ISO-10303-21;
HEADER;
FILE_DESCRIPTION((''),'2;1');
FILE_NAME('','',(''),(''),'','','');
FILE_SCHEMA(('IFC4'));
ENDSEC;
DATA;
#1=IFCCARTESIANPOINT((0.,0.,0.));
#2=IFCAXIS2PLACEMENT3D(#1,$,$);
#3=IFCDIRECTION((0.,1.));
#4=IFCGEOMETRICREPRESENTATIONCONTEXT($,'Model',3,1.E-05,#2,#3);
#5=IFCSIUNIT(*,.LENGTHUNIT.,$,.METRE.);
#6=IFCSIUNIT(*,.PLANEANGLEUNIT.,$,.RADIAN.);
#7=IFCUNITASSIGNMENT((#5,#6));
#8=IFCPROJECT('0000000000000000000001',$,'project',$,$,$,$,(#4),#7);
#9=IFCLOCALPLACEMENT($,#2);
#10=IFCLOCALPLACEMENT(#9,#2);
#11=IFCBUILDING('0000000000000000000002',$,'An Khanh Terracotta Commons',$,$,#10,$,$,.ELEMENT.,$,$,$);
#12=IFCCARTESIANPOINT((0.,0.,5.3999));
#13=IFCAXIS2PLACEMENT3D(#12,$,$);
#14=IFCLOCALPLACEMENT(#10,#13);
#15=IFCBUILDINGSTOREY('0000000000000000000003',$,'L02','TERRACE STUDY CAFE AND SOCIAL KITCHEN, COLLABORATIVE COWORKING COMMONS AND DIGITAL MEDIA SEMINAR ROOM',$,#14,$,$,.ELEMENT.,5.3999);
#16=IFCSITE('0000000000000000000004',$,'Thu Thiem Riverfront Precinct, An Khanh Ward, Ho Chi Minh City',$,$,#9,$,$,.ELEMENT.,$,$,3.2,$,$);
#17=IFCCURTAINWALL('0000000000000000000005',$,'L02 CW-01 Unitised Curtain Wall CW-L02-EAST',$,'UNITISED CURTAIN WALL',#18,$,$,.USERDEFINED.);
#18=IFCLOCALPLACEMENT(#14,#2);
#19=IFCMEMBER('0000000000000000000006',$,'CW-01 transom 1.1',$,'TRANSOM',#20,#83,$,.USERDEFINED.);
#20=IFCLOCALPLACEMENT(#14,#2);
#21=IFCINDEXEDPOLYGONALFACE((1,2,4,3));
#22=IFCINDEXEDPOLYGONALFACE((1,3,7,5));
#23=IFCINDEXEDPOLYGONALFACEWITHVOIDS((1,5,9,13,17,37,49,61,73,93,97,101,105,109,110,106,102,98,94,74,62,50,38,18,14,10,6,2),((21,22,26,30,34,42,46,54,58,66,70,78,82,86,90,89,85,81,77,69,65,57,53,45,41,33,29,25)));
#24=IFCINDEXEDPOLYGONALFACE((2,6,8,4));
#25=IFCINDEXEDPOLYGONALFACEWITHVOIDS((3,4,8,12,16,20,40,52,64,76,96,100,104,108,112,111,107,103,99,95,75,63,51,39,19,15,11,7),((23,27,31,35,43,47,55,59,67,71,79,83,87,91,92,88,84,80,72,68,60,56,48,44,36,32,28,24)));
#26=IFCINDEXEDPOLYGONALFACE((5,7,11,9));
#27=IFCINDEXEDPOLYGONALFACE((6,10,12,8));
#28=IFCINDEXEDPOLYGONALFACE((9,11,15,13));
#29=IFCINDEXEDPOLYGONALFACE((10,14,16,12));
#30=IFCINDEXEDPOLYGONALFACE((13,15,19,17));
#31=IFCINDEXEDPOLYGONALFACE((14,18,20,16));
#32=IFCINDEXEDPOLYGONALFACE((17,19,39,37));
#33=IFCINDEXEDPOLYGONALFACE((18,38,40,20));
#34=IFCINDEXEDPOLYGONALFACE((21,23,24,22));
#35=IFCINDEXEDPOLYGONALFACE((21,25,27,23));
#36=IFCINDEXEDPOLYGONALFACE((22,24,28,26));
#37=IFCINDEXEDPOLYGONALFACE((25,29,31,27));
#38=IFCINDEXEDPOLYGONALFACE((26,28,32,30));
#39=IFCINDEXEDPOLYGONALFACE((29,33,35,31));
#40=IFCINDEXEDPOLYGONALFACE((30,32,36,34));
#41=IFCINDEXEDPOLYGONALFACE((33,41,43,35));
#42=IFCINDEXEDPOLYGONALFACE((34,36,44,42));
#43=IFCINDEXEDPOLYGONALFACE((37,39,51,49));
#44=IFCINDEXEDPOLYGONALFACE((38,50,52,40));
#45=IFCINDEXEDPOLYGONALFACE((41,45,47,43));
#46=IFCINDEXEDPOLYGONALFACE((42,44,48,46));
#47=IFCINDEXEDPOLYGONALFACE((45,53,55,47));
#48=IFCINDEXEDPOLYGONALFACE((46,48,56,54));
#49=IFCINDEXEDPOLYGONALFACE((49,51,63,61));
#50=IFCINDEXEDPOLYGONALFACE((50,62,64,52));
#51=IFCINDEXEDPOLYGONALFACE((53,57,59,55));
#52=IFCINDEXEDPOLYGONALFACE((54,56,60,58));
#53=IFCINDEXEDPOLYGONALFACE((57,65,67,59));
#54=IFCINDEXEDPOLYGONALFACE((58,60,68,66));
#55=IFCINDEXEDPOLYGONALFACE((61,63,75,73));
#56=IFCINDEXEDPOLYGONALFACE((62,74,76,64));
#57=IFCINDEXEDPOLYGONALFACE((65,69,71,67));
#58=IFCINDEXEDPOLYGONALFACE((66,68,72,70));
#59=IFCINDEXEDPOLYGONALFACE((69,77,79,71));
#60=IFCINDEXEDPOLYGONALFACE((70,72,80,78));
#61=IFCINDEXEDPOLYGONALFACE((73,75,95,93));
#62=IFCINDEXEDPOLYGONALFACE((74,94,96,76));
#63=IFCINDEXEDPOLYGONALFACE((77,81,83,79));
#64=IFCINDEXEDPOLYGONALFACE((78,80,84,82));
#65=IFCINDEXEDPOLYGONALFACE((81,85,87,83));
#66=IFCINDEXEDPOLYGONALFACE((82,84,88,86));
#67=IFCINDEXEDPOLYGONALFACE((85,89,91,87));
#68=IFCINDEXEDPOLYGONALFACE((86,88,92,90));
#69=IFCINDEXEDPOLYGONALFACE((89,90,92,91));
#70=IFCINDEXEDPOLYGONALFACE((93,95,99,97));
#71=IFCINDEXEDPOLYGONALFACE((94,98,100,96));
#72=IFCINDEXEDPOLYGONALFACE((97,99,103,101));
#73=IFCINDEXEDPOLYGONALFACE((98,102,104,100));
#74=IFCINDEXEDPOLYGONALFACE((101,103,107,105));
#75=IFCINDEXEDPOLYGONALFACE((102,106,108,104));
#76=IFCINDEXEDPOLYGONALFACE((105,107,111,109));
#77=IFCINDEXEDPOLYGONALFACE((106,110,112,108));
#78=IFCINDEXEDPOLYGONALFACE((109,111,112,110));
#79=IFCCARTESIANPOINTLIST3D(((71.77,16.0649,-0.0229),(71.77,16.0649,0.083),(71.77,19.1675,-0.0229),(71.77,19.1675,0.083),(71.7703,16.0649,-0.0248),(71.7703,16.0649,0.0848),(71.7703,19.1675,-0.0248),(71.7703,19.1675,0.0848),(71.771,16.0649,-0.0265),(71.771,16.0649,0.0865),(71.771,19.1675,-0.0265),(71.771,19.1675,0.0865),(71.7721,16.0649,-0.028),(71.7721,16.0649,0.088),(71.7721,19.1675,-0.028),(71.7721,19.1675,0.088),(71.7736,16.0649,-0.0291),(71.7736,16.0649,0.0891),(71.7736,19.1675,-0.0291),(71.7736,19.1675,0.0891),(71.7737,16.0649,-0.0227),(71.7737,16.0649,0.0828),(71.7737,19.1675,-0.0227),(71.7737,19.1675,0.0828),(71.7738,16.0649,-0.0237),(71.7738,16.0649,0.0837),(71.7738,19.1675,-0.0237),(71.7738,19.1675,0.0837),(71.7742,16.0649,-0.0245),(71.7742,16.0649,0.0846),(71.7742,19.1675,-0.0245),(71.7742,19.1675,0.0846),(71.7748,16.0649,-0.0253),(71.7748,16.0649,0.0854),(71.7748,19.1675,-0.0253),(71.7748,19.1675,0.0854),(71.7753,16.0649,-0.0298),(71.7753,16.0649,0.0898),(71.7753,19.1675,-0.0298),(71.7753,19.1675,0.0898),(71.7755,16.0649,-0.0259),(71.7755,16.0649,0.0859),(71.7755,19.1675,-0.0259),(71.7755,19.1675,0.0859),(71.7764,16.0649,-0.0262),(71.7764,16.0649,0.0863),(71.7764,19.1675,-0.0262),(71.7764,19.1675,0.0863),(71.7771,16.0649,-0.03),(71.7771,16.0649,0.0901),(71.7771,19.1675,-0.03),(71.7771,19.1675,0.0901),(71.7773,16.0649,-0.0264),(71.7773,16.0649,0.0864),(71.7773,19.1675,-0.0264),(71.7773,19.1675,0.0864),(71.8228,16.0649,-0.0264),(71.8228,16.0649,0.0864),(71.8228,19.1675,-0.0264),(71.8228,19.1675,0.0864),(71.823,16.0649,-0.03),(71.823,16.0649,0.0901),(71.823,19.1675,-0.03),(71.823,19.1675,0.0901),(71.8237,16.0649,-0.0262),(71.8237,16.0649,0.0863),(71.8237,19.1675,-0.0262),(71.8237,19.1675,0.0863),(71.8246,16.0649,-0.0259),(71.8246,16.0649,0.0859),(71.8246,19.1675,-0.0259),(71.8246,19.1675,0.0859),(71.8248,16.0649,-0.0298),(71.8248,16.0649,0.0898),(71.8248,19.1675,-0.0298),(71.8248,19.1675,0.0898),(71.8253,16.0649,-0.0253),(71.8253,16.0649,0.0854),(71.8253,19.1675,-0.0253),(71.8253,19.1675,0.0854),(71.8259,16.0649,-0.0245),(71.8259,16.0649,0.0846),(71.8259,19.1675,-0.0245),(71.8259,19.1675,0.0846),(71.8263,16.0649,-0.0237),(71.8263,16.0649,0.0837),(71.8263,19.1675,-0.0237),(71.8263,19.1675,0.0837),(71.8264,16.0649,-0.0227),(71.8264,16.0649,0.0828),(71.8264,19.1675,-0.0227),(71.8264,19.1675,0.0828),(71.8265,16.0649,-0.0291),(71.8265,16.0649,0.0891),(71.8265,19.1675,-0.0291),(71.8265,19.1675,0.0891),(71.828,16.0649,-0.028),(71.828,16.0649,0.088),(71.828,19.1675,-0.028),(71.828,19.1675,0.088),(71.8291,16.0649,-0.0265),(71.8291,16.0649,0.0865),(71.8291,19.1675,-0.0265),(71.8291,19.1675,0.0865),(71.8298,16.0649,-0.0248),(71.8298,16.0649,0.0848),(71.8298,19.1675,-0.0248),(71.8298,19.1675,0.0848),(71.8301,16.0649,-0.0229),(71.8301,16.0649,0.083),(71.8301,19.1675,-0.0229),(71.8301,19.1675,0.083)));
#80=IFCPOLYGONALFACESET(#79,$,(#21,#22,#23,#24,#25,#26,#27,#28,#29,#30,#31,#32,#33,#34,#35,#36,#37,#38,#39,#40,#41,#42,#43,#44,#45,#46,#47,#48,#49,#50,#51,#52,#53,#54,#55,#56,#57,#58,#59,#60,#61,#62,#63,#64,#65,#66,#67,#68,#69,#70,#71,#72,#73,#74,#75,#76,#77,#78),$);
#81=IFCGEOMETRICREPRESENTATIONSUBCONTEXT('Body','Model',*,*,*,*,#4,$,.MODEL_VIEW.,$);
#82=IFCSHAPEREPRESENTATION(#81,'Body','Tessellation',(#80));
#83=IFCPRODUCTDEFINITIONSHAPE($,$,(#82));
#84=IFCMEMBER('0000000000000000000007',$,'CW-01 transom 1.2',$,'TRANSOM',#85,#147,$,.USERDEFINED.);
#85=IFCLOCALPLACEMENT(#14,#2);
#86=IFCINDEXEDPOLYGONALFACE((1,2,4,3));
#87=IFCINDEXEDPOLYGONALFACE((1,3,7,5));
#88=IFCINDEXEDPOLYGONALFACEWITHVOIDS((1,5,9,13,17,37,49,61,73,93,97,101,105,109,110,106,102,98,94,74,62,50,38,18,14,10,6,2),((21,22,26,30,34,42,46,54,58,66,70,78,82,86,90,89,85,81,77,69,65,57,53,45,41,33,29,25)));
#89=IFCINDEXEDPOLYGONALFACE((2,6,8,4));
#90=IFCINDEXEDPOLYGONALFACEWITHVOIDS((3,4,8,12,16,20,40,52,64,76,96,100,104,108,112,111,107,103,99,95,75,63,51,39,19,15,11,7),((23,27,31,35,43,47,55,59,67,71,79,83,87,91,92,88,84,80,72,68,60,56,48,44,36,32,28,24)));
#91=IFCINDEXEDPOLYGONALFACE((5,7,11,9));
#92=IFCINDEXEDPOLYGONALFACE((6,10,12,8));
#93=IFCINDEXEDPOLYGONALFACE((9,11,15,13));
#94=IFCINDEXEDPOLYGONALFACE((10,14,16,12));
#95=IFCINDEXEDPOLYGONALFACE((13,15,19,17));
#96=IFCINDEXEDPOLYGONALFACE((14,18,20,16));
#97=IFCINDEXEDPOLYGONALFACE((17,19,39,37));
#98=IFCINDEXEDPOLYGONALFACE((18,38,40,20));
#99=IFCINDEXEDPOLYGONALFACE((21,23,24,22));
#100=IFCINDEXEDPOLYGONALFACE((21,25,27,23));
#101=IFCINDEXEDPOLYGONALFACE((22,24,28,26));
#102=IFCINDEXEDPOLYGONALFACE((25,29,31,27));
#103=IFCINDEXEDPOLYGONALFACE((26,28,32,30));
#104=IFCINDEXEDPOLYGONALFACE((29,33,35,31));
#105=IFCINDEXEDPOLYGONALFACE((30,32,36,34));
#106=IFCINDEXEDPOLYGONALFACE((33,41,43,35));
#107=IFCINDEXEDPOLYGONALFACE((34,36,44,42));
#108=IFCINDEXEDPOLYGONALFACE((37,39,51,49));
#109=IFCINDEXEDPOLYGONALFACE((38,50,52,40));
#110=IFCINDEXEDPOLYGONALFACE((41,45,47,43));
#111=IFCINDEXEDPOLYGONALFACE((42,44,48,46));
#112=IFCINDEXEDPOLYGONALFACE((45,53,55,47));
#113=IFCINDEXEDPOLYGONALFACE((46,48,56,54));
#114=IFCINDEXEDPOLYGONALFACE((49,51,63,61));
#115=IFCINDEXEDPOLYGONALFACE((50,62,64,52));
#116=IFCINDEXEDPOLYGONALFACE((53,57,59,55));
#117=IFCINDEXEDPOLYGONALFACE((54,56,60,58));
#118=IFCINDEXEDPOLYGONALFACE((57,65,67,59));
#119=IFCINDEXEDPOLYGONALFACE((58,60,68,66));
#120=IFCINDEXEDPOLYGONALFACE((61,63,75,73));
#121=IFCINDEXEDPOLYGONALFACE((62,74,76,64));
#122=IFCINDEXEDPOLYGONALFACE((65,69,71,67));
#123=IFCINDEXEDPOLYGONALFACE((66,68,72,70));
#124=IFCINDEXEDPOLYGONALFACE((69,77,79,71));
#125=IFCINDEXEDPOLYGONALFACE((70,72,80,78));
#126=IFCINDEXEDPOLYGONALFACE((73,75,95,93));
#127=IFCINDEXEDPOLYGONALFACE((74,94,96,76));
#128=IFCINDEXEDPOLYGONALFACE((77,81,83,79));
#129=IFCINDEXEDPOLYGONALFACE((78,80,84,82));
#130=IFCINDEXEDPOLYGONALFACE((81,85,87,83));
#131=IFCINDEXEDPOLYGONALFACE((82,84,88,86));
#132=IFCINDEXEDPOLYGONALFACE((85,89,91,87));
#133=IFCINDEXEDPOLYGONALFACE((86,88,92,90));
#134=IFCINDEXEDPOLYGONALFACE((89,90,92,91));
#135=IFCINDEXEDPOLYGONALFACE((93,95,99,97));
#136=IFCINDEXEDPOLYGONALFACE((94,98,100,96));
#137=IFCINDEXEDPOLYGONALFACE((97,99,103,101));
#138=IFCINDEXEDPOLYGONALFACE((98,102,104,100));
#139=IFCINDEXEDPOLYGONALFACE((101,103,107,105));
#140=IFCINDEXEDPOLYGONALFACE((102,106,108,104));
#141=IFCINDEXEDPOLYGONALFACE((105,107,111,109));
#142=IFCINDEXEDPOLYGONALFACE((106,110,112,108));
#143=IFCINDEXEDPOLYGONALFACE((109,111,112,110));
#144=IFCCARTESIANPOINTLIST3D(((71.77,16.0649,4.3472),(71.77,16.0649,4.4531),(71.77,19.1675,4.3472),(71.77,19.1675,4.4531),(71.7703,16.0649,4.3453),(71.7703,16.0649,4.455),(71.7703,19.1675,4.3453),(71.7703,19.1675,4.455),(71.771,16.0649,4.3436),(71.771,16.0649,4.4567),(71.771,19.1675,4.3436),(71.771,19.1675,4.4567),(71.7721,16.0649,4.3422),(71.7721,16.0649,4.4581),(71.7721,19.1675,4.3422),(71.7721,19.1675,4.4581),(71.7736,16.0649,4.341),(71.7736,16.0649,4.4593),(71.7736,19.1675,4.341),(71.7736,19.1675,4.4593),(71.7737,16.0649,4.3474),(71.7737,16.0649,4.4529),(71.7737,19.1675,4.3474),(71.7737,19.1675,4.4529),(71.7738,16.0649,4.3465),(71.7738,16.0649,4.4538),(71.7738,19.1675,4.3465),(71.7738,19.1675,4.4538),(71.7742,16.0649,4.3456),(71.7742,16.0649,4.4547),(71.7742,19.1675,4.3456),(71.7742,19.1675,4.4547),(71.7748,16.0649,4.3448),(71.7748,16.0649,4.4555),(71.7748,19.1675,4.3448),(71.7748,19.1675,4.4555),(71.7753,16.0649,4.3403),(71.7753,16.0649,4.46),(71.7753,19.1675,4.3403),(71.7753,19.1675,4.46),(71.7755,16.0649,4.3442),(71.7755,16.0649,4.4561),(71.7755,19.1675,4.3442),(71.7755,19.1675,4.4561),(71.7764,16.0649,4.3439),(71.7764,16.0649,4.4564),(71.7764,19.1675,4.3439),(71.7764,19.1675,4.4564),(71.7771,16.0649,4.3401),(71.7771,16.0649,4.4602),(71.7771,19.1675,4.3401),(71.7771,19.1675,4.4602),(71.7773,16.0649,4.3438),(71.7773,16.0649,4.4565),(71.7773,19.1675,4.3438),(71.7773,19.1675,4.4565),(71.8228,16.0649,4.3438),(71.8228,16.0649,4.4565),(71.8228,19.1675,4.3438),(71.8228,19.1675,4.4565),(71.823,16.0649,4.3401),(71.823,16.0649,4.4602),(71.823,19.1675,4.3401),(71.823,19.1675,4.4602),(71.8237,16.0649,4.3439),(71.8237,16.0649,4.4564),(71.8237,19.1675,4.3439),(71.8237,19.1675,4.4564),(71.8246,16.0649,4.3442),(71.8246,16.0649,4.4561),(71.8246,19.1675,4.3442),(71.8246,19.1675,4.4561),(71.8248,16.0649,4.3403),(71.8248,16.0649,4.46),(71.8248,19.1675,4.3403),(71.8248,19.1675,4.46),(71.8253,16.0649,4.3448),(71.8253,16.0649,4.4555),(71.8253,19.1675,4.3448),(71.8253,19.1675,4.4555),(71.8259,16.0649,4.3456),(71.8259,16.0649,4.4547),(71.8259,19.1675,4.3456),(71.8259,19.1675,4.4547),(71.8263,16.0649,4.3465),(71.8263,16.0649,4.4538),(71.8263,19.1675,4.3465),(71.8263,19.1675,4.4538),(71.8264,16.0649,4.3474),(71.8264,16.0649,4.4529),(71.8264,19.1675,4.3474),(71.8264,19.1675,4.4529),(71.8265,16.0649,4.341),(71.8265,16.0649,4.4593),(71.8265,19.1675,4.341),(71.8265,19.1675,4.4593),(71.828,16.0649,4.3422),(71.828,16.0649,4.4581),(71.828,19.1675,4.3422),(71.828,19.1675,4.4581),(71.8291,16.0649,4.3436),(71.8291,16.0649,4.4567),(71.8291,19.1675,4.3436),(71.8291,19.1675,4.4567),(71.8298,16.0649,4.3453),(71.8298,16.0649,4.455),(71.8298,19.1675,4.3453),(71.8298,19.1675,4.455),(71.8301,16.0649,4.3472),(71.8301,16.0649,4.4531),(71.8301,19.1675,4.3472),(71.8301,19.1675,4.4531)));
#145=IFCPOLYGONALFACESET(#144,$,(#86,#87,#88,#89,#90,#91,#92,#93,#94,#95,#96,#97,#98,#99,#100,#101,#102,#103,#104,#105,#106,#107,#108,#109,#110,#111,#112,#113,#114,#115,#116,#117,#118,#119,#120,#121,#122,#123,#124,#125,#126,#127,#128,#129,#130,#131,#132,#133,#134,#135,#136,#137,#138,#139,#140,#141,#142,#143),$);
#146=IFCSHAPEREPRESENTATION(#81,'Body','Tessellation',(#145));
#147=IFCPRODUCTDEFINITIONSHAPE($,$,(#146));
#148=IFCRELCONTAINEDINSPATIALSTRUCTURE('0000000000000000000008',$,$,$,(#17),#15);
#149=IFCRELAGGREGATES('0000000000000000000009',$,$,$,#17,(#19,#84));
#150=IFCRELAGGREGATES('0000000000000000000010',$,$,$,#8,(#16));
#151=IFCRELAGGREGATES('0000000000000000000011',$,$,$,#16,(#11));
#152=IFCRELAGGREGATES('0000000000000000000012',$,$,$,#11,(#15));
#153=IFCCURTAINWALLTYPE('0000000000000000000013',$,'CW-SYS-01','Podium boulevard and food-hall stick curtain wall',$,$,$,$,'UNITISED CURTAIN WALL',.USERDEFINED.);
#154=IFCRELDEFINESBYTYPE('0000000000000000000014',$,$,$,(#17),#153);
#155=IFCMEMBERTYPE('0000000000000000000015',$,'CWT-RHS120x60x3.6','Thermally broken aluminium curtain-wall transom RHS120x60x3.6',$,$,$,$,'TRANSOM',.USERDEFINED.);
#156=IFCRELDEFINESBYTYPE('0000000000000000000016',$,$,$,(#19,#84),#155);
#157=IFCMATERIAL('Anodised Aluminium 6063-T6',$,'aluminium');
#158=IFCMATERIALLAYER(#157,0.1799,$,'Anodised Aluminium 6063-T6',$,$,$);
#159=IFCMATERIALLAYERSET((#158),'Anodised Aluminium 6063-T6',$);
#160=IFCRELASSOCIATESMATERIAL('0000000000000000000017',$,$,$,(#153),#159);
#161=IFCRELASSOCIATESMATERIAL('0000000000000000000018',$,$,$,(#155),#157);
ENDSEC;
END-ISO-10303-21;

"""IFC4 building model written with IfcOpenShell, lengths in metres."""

from ifc_helpers import new_model, si_unit, direction, frame, origin, origin_2d, place, context, subcontext, project, spatial, hollow_rectangle, extrude, material, layer, layer_set, material_profile, profile_set, type_object, element, aggregate, save


model = new_model("IFC4")

# Units and contexts
model_context = context("Model", 3, precision=1e-05, world=origin(), true_north=direction((0.0, 1.0)))
body_context = subcontext(model_context, "Body", "Model", "MODEL_VIEW")
ifc_project = project(units=[si_unit("LENGTHUNIT", "METRE"), si_unit("PLANEANGLEUNIT", "RADIAN")], contexts=[model_context])

# Site, building, storey
site_placement = place(None, origin())
site = spatial("IfcSite", under=ifc_project, at=site_placement, Name="Thu Thiem Riverfront Precinct, An Khanh Ward, Ho Chi Minh City", CompositionType="ELEMENT", RefElevation=3.2)
building_placement = place(site_placement, origin())
building = spatial("IfcBuilding", under=site, at=building_placement, Name="An Khanh Terracotta Commons", CompositionType="ELEMENT")
storey_placement = place(building_placement, frame((0.0, 0.0, 5.3999)))
storey = spatial("IfcBuildingStorey", under=building, at=storey_placement, Name="L02", Description="TERRACE STUDY CAFE AND SOCIAL KITCHEN, COLLABORATIVE COWORKING COMMONS AND DIGITAL MEDIA SEMINAR ROOM", CompositionType="ELEMENT", Elevation=5.3999)

# Curtain wall, members
ifc_material_1 = material(Name="Anodised Aluminium 6063-T6", Category="aluminium")
ifc_layer_1 = layer(ifc_material_1, 0.1799, Name="Anodised Aluminium 6063-T6")
ifc_layer_set_1 = layer_set([ifc_layer_1], Name="Anodised Aluminium 6063-T6")
curtain_wall_type = type_object("IfcCurtainWallType", Name="CW-SYS-01", Description="Podium boulevard and food-hall stick curtain wall", ElementType="UNITISED CURTAIN WALL", PredefinedType="USERDEFINED", material=ifc_layer_set_1)
curtain_wall_placement = place(storey_placement, origin())
curtain_wall = element("IfcCurtainWall", 1, at=curtain_wall_placement, inside=storey, type_object=curtain_wall_type, Name="L02 CW-01 Unitised Curtain Wall CW-L02-EAST", ObjectType="UNITISED CURTAIN WALL", PredefinedType="USERDEFINED")
ifc_material_profile_1 = material_profile(ifc_material_1, hollow_rectangle(XDim=0.0601, YDim=0.1201, WallThickness=0.0037, InnerFilletRadius=0.0037, OuterFilletRadius=0.0071, at=origin_2d()), Name="RHS120x60x3.6")
ifc_profile_set_1 = profile_set([ifc_material_profile_1], Name="Anodised Aluminium 6063-T6")
member_type_1 = type_object("IfcMemberType", Name="CWT-RHS120x60x3.6", Description="Thermally broken aluminium curtain-wall transom RHS120x60x3.6", ElementType="TRANSOM", PredefinedType="USERDEFINED", material=ifc_profile_set_1)
member_1_placement = place(storey_placement, frame((71.8, 16.0649, 0.03), z_axis=(0.0, 1.0, 0.0), x_axis=(-1.0, 0.0, 0.0)))
member_1 = element("IfcMember", 2, at=member_1_placement, type_object=member_type_1, Name="CW-01 transom 1.1", ObjectType="TRANSOM", PredefinedType="USERDEFINED", context=body_context, shape_type="SweptSolid", body=[
    extrude(hollow_rectangle(XDim=0.0601, YDim=0.1201, WallThickness=0.0037, InnerFilletRadius=0.0037, OuterFilletRadius=0.0071, at=origin_2d()), origin(), (0.0, 0.0, 1.0), 3.1025),
])
member_2_placement = place(storey_placement, frame((71.8, 16.0649, 4.4001), z_axis=(0.0, 1.0, 0.0), x_axis=(-1.0, 0.0, 0.0)))
member_2 = element("IfcMember", 3, at=member_2_placement, type_object=member_type_1, Name="CW-01 transom 1.2", ObjectType="TRANSOM", PredefinedType="USERDEFINED", context=body_context, shape_type="SweptSolid", body=[
    extrude(hollow_rectangle(XDim=0.0601, YDim=0.1201, WallThickness=0.0037, InnerFilletRadius=0.0037, OuterFilletRadius=0.0071, at=origin_2d()), origin(), (0.0, 0.0, 1.0), 3.1025),
])
aggregate(curtain_wall, [member_1, member_2])

save(model, "model.ifc")
